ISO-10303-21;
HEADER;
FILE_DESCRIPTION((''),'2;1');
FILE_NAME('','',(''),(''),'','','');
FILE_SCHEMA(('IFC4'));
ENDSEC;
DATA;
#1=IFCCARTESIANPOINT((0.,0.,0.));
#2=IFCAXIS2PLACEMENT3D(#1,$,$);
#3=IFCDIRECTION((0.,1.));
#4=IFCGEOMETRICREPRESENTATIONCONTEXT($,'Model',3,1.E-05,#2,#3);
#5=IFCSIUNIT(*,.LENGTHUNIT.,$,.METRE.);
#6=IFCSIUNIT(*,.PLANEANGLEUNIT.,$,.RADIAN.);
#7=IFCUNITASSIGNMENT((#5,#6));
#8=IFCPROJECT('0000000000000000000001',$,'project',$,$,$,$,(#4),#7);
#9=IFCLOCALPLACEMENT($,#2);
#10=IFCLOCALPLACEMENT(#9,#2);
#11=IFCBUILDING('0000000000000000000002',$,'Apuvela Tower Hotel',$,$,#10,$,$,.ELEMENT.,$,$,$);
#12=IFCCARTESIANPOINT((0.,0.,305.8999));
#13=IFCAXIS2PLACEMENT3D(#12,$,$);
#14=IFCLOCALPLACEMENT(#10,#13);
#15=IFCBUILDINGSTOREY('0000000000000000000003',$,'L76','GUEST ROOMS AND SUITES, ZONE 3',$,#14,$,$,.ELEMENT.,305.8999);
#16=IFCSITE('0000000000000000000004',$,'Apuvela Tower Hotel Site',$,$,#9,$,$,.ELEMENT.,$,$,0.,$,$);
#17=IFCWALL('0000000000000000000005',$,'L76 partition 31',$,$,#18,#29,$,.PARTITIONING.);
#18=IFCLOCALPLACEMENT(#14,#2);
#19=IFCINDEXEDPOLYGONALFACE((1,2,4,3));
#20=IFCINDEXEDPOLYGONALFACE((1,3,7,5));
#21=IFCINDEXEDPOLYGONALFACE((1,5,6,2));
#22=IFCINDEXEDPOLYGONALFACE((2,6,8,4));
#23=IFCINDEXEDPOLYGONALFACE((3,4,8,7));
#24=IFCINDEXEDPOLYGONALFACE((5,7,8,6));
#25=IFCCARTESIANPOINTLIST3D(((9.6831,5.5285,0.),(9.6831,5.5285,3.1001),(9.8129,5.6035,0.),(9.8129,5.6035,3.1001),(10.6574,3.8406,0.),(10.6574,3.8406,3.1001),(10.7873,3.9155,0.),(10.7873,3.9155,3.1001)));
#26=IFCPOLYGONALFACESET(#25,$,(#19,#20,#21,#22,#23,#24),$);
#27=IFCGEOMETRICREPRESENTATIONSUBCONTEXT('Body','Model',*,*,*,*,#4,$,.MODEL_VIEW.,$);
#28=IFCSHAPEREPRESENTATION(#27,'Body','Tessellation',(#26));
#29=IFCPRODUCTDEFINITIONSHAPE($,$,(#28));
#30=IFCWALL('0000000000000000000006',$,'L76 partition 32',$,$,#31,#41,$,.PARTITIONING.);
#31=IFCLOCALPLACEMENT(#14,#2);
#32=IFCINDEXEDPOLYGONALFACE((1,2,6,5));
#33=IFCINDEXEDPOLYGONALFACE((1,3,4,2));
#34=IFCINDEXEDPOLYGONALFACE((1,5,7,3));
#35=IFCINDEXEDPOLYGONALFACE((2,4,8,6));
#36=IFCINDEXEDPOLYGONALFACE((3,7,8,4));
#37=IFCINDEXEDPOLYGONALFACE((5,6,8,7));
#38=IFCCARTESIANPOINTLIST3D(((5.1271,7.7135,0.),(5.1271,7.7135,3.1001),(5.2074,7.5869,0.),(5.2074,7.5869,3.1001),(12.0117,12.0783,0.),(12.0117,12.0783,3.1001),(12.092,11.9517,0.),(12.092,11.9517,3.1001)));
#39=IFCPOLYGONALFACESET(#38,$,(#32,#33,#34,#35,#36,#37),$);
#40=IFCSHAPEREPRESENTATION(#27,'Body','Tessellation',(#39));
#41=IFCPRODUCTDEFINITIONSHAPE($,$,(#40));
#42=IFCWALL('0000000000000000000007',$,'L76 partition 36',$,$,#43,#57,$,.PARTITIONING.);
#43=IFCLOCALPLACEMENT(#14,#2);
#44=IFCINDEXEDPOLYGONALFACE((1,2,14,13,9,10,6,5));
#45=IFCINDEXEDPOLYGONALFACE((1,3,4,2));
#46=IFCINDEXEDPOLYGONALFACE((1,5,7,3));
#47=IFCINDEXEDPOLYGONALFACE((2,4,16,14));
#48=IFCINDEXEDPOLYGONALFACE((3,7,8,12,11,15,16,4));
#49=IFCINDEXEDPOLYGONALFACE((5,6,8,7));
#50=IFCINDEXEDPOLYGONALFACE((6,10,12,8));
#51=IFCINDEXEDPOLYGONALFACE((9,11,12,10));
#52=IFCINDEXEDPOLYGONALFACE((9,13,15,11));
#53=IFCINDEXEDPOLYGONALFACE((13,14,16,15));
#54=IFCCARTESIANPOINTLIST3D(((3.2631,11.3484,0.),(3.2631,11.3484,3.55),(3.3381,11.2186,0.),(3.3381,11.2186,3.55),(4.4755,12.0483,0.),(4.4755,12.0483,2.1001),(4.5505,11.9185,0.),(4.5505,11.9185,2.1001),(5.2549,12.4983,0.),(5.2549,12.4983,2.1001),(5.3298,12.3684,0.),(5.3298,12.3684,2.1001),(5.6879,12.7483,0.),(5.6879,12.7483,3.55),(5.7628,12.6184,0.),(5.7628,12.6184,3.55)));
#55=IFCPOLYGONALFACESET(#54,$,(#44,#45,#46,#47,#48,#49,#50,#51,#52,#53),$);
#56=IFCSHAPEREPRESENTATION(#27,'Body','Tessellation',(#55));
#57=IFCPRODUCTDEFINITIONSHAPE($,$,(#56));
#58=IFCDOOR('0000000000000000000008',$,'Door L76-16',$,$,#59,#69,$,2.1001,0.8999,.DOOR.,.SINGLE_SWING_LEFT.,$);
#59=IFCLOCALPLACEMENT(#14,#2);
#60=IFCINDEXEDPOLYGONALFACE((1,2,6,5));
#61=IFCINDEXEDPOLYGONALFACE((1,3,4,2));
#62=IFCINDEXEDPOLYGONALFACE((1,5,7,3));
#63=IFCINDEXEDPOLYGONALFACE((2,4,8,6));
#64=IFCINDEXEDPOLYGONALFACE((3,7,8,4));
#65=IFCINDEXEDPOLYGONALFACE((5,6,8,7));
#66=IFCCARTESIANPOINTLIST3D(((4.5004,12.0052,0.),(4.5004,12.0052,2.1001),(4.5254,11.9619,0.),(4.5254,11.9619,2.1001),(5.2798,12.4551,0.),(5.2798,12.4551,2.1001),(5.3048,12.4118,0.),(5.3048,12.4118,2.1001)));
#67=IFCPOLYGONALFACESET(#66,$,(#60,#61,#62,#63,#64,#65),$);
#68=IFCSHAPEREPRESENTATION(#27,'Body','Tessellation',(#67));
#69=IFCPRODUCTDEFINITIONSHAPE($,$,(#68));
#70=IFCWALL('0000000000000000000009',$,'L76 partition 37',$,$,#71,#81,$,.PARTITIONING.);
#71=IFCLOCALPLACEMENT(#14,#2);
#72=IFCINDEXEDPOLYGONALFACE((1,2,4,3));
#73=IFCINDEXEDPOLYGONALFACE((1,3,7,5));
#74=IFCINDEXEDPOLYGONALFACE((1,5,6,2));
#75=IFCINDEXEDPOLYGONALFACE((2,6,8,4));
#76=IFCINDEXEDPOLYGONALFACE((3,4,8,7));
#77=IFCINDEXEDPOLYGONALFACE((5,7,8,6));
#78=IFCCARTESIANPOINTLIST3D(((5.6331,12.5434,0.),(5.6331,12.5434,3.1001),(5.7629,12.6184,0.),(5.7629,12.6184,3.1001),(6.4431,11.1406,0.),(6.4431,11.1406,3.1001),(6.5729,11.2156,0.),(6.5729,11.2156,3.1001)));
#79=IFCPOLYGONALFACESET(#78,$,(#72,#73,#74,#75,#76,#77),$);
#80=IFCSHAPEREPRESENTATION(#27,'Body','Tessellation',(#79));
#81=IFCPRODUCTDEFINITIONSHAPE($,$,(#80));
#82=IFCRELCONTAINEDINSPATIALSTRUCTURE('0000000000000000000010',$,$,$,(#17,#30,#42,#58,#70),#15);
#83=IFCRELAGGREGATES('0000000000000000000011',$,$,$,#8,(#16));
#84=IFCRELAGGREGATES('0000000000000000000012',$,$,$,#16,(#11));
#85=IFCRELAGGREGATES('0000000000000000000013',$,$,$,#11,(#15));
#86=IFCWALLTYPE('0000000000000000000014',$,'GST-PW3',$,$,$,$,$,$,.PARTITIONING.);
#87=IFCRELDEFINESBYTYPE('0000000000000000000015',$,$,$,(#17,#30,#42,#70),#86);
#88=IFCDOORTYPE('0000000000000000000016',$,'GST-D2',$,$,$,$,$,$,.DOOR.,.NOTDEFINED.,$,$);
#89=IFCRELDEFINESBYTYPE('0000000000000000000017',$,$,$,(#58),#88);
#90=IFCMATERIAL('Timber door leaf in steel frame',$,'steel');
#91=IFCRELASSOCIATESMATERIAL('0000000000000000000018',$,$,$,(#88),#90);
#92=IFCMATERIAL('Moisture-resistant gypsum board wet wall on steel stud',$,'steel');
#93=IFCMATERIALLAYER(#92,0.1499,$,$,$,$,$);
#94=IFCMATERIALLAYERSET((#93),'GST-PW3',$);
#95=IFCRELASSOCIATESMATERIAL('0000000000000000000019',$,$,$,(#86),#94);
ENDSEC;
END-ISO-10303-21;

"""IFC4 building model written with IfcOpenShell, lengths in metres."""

from ifc_helpers import new_model, si_unit, direction, frame, frame_2d, origin, place, context, subcontext, project, spatial, rectangle, extrude, material, layer, layer_set, type_object, element, fill, save


model = new_model("IFC4")

# Units and contexts
model_context = context("Model", 3, precision=1e-05, world=origin(), true_north=direction((0.0, 1.0)))
body_context = subcontext(model_context, "Body", "Model", "MODEL_VIEW")
ifc_project = project(units=[si_unit("LENGTHUNIT", "METRE"), si_unit("PLANEANGLEUNIT", "RADIAN")], contexts=[model_context])

# Site, building, storey
site_placement = place(None, origin())
site = spatial("IfcSite", under=ifc_project, at=site_placement, Name="Apuvela Tower Hotel Site", CompositionType="ELEMENT", RefElevation=0.0)
building_placement = place(site_placement, origin())
building = spatial("IfcBuilding", under=site, at=building_placement, Name="Apuvela Tower Hotel", CompositionType="ELEMENT")
storey_placement = place(building_placement, frame((0.0, 0.0, 305.8999)))
storey = spatial("IfcBuildingStorey", under=building, at=storey_placement, Name="L76", Description="GUEST ROOMS AND SUITES, ZONE 3", CompositionType="ELEMENT", Elevation=305.8999)

# Shared definitions
ifc_material_1 = material(Name="Timber door leaf in steel frame", Category="steel")
door_type_1 = type_object("IfcDoorType", Name="GST-D2", OperationType="NOTDEFINED", PredefinedType="DOOR", material=ifc_material_1)
ifc_material_2 = material(Name="Moisture-resistant gypsum board wet wall on steel stud", Category="steel")
ifc_layer_1 = layer(ifc_material_2, 0.1499)
ifc_layer_set_1 = layer_set([ifc_layer_1], Name="GST-PW3")
wall_type_1 = type_object("IfcWallType", Name="GST-PW3", PredefinedType="PARTITIONING", material=ifc_layer_set_1)

# Walls
wall_1_placement = place(storey_placement, frame((10.7224, 3.8779, 0.0), z_axis=(0.0, 0.0, 1.0), x_axis=(-0.499925, 0.866069, 0.0)))
element("IfcWall", 1, at=wall_1_placement, inside=storey, type_object=wall_type_1, Name="L76 partition 31", PredefinedType="PARTITIONING", context=body_context, shape_type="SweptSolid", body=[
    extrude(rectangle(XDim=1.949, YDim=0.1499, at=frame_2d((0.9746, 0.0))), origin(), (0.0, 0.0, 1.0), 3.1001),
])
wall_2_placement = place(storey_placement, frame((12.0518, 12.0149, 0.0), z_axis=(0.0, 0.0, 1.0), x_axis=(-0.844567, -0.53545, 0.0)))
element("IfcWall", 2, at=wall_2_placement, inside=storey, type_object=wall_type_1, Name="L76 partition 32", PredefinedType="PARTITIONING", context=body_context, shape_type="SweptSolid", body=[
    extrude(rectangle(XDim=8.1516, YDim=0.1499, at=frame_2d((4.0757, 0.0))), origin(), (0.0, 0.0, 1.0), 3.1001),
])

# Wall, opening, door
wall_3_placement = place(storey_placement, frame((5.7253, 12.6833, 0.0), z_axis=(0.0, 0.0, 1.0), x_axis=(-0.866035, -0.499984, 0.0)))
wall_3 = element("IfcWall", 3, at=wall_3_placement, inside=storey, type_object=wall_type_1, Name="L76 partition 36", PredefinedType="PARTITIONING", context=body_context, shape_type="SweptSolid", body=[
    extrude(rectangle(XDim=2.7998, YDim=0.1499, at=frame_2d((1.3999, 0.0))), origin(), (0.0, 0.0, 1.0), 3.55),
])
opening_1_placement = place(wall_3_placement, frame((0.5, 0.0, 0.0)))
opening_1 = element("IfcOpeningElement", 4, at=opening_1_placement, cuts=wall_3, PredefinedType="OPENING", context=body_context, shape_type="SweptSolid", body=[
    extrude(rectangle(XDim=0.8999, YDim=2.1001, at=frame_2d((0.45, 1.05))), frame((0.0, 0.085, 0.0), z_axis=(0.0, -1.0, 0.0), x_axis=(1.0, 0.0, 0.0)), (0.0, 0.0, 1.0), 0.1699),
])
door_1_placement = place(opening_1_placement, origin())
door_1 = element("IfcDoor", 5, at=door_1_placement, inside=storey, type_object=door_type_1, Name="Door L76-16", OperationType="SINGLE_SWING_LEFT", OverallHeight=2.1001, OverallWidth=0.8999, PredefinedType="DOOR", context=body_context, shape_type="SweptSolid", body=[
    extrude(rectangle(XDim=0.8999, YDim=2.1001, at=frame_2d((0.45, 1.05))), frame((0.0, 0.0249, 0.0), z_axis=(0.0, -1.0, 0.0), x_axis=(1.0, 0.0, 0.0)), (0.0, 0.0, 1.0), 0.05),
])
fill(opening_1, door_1)

# Wall
wall_4_placement = place(storey_placement, frame((6.5081, 11.178, 0.0), z_axis=(0.0, 0.0, 1.0), x_axis=(-0.500062, 0.86599, 0.0)))
element("IfcWall", 6, at=wall_4_placement, inside=storey, type_object=wall_type_1, Name="L76 partition 37", PredefinedType="PARTITIONING", context=body_context, shape_type="SweptSolid", body=[
    extrude(rectangle(XDim=1.6199, YDim=0.1499, at=frame_2d((0.8101, 0.0))), origin(), (0.0, 0.0, 1.0), 3.1001),
])

save(model, "model.ifc")
